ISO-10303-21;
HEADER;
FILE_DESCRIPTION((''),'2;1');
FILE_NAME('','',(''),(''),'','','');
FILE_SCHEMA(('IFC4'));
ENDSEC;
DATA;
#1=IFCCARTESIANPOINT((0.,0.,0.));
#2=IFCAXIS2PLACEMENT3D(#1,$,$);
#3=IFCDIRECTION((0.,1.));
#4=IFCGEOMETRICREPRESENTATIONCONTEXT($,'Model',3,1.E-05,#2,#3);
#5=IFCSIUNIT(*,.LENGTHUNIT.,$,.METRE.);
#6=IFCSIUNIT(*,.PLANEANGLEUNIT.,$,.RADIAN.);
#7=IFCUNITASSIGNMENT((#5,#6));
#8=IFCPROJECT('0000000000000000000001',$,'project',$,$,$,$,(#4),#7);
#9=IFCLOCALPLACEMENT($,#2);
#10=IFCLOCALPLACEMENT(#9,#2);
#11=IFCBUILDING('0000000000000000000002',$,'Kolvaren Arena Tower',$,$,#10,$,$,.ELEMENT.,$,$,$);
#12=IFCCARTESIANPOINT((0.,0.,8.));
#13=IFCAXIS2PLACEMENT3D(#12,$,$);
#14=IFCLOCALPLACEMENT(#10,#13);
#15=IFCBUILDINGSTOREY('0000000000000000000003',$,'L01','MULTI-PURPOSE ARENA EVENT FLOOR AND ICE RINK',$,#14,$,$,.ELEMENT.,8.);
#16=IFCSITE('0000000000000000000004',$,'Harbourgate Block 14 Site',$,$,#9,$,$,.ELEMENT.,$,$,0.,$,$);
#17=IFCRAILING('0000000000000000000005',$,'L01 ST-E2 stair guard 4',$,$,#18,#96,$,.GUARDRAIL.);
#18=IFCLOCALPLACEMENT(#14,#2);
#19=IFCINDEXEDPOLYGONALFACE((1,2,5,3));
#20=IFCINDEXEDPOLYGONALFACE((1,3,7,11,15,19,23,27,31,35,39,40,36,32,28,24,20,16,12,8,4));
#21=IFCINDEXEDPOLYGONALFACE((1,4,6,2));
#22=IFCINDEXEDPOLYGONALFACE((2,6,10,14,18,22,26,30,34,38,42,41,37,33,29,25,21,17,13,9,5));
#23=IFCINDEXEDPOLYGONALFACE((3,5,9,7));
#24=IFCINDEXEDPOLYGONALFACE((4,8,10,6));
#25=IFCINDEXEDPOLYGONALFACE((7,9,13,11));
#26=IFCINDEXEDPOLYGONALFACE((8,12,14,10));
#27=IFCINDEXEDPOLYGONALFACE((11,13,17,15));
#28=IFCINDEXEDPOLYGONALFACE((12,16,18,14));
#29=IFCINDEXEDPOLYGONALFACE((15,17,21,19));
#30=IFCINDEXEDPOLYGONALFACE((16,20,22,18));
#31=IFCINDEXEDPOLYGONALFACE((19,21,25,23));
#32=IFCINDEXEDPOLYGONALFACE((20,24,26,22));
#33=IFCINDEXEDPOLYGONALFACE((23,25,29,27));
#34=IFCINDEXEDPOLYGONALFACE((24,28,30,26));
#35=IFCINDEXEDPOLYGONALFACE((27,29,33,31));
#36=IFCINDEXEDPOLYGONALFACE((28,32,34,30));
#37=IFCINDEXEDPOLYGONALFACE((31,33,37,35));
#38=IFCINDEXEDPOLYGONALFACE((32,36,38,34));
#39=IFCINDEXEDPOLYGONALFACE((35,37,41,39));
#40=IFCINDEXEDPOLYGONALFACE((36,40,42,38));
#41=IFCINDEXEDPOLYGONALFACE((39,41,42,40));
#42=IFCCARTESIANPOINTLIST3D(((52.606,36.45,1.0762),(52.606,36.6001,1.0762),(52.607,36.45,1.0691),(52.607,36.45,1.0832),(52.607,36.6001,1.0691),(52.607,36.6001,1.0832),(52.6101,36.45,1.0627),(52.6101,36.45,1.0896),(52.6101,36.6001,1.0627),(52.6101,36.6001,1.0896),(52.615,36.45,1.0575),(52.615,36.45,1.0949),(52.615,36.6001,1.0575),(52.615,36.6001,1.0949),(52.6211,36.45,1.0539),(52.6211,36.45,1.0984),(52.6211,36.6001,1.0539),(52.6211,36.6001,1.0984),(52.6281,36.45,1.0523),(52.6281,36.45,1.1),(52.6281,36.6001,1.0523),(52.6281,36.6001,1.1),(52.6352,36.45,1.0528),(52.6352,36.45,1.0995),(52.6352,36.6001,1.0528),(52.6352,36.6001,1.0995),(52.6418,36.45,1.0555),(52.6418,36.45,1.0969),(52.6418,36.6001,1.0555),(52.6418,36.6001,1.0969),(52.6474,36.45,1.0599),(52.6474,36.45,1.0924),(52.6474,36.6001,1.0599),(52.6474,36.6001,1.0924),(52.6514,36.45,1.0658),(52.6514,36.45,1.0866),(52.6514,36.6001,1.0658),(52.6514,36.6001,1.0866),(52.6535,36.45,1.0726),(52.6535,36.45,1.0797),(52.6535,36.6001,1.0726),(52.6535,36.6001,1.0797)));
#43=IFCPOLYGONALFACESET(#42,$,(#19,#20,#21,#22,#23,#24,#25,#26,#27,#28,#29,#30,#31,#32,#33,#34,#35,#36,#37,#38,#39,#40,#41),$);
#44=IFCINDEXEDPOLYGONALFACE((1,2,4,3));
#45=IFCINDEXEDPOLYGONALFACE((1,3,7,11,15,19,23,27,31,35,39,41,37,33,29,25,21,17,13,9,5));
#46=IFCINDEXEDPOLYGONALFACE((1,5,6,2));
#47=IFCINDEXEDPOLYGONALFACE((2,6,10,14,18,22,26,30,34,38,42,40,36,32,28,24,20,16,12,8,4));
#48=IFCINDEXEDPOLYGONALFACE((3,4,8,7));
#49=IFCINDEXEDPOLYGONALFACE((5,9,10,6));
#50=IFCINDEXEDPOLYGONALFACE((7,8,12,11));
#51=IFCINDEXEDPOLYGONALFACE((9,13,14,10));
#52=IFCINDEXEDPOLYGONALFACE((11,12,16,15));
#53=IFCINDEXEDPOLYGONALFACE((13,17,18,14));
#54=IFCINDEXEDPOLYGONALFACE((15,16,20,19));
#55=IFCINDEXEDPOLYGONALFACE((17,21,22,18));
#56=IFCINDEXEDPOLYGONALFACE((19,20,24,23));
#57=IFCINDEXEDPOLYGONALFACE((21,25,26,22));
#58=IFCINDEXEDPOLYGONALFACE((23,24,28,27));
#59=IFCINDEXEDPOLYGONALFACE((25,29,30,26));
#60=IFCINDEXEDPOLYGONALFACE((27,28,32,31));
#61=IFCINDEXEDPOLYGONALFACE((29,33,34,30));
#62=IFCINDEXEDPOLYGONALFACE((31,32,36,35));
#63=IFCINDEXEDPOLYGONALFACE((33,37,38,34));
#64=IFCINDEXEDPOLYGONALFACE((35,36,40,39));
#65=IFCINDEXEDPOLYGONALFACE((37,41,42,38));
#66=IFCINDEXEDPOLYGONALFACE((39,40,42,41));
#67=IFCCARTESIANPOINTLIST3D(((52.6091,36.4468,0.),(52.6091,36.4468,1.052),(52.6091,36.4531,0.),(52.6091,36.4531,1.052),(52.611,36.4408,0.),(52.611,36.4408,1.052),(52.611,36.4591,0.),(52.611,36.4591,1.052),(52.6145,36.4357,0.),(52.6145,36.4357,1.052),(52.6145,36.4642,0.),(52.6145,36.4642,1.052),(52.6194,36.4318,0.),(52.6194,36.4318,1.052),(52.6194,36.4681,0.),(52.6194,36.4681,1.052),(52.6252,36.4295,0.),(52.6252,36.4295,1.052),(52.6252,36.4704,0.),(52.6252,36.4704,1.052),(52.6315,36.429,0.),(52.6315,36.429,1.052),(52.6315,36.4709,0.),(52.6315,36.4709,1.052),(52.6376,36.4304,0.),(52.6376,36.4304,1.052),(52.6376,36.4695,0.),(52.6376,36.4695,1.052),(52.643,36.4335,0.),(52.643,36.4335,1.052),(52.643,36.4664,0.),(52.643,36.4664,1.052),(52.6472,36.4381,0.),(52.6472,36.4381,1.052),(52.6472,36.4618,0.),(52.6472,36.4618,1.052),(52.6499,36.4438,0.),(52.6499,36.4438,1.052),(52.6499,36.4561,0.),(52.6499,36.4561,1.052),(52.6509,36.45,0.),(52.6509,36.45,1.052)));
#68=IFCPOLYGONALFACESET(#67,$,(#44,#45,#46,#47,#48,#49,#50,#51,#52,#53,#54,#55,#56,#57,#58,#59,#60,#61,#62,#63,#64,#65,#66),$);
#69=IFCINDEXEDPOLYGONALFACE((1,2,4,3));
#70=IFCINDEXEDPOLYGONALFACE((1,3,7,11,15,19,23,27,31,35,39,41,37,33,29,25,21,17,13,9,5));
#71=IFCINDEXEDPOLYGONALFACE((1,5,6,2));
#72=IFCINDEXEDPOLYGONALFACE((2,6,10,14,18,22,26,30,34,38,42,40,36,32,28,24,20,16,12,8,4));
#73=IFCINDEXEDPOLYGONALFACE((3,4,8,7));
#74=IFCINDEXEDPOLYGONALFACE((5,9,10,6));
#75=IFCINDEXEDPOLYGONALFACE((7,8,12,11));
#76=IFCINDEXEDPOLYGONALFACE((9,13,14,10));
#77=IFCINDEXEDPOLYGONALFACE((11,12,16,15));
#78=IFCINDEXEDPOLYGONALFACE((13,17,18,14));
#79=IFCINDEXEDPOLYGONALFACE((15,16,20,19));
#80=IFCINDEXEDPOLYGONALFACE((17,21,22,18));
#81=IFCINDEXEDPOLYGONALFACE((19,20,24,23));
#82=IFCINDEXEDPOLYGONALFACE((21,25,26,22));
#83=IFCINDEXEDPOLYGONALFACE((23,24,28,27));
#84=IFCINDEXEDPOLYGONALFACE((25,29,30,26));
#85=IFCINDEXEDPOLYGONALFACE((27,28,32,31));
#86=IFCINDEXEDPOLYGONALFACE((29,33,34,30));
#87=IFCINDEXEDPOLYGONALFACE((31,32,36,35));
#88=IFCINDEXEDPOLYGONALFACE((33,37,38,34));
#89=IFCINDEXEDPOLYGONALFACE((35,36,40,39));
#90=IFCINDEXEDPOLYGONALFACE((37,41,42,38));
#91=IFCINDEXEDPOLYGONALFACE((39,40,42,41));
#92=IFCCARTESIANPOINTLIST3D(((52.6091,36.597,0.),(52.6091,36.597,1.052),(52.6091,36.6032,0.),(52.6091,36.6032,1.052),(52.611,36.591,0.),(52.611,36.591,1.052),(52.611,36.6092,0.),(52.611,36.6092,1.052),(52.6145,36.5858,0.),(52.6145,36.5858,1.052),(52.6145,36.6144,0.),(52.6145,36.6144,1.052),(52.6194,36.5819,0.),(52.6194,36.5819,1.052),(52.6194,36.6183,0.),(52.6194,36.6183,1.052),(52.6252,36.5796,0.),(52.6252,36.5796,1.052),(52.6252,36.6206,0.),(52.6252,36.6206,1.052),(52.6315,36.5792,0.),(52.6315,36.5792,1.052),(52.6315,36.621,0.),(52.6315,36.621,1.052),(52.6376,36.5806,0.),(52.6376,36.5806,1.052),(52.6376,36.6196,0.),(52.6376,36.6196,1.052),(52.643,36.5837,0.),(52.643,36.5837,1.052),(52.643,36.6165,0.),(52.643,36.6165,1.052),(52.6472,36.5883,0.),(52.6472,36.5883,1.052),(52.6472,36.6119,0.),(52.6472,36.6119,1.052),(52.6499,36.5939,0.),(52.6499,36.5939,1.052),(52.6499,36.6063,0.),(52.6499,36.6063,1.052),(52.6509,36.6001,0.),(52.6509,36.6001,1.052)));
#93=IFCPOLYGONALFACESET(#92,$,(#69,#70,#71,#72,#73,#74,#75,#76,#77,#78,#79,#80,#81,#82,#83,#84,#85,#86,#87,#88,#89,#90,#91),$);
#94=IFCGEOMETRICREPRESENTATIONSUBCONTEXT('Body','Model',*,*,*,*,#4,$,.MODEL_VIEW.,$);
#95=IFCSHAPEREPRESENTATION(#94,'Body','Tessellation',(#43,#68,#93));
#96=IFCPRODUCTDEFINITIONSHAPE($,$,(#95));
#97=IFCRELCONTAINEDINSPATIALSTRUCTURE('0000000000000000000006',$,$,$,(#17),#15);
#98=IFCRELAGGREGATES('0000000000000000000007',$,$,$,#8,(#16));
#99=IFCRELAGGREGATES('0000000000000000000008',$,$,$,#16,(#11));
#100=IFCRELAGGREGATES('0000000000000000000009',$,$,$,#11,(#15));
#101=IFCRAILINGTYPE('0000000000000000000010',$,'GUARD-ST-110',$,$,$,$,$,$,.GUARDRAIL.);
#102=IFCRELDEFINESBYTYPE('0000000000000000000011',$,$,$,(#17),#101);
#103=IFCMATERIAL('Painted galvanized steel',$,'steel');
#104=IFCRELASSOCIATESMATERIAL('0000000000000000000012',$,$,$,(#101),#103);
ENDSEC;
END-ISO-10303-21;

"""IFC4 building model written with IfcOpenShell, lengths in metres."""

from ifc_helpers import new_model, si_unit, direction, frame, origin, origin_2d, place, context, subcontext, project, spatial, circle, extrude, material, type_object, element, save


model = new_model("IFC4")

# Units and contexts
model_context = context("Model", 3, precision=1e-05, world=origin(), true_north=direction((0.0, 1.0)))
body_context = subcontext(model_context, "Body", "Model", "MODEL_VIEW")
ifc_project = project(units=[si_unit("LENGTHUNIT", "METRE"), si_unit("PLANEANGLEUNIT", "RADIAN")], contexts=[model_context])

# Site, building, storey
site_placement = place(None, origin())
site = spatial("IfcSite", under=ifc_project, at=site_placement, Name="Harbourgate Block 14 Site", CompositionType="ELEMENT", RefElevation=0.0)
building_placement = place(site_placement, origin())
building = spatial("IfcBuilding", under=site, at=building_placement, Name="Kolvaren Arena Tower", CompositionType="ELEMENT")
storey_placement = place(building_placement, frame((0.0, 0.0, 8.0)))
storey = spatial("IfcBuildingStorey", under=building, at=storey_placement, Name="L01", Description="MULTI-PURPOSE ARENA EVENT FLOOR AND ICE RINK", CompositionType="ELEMENT", Elevation=8.0)

# Railing
ifc_material_1 = material(Name="Painted galvanized steel", Category="steel")
railing_type_1 = type_object("IfcRailingType", Name="GUARD-ST-110", PredefinedType="GUARDRAIL", material=ifc_material_1)
railing_1_placement = place(storey_placement, frame((52.6299, 36.45, 0.0)))
element("IfcRailing", 1, at=railing_1_placement, inside=storey, type_object=railing_type_1, Name="L01 ST-E2 stair guard 4", PredefinedType="GUARDRAIL", context=body_context, shape_type="SweptSolid", body=[
    extrude(circle(Radius=0.0239, at=origin_2d()), frame((0.0, 0.0, 1.0762), z_axis=(0.0, 1.0, 0.0), x_axis=(-1.0, 0.0, 0.0)), (0.0, 0.0, 1.0), 0.1501),
    extrude(circle(Radius=0.021, at=origin_2d()), origin(), (0.0, 0.0, 1.0), 1.052),
    extrude(circle(Radius=0.021, at=origin_2d()), frame((0.0, 0.1501, 0.0)), (0.0, 0.0, 1.0), 1.052),
])

save(model, "model.ifc")
